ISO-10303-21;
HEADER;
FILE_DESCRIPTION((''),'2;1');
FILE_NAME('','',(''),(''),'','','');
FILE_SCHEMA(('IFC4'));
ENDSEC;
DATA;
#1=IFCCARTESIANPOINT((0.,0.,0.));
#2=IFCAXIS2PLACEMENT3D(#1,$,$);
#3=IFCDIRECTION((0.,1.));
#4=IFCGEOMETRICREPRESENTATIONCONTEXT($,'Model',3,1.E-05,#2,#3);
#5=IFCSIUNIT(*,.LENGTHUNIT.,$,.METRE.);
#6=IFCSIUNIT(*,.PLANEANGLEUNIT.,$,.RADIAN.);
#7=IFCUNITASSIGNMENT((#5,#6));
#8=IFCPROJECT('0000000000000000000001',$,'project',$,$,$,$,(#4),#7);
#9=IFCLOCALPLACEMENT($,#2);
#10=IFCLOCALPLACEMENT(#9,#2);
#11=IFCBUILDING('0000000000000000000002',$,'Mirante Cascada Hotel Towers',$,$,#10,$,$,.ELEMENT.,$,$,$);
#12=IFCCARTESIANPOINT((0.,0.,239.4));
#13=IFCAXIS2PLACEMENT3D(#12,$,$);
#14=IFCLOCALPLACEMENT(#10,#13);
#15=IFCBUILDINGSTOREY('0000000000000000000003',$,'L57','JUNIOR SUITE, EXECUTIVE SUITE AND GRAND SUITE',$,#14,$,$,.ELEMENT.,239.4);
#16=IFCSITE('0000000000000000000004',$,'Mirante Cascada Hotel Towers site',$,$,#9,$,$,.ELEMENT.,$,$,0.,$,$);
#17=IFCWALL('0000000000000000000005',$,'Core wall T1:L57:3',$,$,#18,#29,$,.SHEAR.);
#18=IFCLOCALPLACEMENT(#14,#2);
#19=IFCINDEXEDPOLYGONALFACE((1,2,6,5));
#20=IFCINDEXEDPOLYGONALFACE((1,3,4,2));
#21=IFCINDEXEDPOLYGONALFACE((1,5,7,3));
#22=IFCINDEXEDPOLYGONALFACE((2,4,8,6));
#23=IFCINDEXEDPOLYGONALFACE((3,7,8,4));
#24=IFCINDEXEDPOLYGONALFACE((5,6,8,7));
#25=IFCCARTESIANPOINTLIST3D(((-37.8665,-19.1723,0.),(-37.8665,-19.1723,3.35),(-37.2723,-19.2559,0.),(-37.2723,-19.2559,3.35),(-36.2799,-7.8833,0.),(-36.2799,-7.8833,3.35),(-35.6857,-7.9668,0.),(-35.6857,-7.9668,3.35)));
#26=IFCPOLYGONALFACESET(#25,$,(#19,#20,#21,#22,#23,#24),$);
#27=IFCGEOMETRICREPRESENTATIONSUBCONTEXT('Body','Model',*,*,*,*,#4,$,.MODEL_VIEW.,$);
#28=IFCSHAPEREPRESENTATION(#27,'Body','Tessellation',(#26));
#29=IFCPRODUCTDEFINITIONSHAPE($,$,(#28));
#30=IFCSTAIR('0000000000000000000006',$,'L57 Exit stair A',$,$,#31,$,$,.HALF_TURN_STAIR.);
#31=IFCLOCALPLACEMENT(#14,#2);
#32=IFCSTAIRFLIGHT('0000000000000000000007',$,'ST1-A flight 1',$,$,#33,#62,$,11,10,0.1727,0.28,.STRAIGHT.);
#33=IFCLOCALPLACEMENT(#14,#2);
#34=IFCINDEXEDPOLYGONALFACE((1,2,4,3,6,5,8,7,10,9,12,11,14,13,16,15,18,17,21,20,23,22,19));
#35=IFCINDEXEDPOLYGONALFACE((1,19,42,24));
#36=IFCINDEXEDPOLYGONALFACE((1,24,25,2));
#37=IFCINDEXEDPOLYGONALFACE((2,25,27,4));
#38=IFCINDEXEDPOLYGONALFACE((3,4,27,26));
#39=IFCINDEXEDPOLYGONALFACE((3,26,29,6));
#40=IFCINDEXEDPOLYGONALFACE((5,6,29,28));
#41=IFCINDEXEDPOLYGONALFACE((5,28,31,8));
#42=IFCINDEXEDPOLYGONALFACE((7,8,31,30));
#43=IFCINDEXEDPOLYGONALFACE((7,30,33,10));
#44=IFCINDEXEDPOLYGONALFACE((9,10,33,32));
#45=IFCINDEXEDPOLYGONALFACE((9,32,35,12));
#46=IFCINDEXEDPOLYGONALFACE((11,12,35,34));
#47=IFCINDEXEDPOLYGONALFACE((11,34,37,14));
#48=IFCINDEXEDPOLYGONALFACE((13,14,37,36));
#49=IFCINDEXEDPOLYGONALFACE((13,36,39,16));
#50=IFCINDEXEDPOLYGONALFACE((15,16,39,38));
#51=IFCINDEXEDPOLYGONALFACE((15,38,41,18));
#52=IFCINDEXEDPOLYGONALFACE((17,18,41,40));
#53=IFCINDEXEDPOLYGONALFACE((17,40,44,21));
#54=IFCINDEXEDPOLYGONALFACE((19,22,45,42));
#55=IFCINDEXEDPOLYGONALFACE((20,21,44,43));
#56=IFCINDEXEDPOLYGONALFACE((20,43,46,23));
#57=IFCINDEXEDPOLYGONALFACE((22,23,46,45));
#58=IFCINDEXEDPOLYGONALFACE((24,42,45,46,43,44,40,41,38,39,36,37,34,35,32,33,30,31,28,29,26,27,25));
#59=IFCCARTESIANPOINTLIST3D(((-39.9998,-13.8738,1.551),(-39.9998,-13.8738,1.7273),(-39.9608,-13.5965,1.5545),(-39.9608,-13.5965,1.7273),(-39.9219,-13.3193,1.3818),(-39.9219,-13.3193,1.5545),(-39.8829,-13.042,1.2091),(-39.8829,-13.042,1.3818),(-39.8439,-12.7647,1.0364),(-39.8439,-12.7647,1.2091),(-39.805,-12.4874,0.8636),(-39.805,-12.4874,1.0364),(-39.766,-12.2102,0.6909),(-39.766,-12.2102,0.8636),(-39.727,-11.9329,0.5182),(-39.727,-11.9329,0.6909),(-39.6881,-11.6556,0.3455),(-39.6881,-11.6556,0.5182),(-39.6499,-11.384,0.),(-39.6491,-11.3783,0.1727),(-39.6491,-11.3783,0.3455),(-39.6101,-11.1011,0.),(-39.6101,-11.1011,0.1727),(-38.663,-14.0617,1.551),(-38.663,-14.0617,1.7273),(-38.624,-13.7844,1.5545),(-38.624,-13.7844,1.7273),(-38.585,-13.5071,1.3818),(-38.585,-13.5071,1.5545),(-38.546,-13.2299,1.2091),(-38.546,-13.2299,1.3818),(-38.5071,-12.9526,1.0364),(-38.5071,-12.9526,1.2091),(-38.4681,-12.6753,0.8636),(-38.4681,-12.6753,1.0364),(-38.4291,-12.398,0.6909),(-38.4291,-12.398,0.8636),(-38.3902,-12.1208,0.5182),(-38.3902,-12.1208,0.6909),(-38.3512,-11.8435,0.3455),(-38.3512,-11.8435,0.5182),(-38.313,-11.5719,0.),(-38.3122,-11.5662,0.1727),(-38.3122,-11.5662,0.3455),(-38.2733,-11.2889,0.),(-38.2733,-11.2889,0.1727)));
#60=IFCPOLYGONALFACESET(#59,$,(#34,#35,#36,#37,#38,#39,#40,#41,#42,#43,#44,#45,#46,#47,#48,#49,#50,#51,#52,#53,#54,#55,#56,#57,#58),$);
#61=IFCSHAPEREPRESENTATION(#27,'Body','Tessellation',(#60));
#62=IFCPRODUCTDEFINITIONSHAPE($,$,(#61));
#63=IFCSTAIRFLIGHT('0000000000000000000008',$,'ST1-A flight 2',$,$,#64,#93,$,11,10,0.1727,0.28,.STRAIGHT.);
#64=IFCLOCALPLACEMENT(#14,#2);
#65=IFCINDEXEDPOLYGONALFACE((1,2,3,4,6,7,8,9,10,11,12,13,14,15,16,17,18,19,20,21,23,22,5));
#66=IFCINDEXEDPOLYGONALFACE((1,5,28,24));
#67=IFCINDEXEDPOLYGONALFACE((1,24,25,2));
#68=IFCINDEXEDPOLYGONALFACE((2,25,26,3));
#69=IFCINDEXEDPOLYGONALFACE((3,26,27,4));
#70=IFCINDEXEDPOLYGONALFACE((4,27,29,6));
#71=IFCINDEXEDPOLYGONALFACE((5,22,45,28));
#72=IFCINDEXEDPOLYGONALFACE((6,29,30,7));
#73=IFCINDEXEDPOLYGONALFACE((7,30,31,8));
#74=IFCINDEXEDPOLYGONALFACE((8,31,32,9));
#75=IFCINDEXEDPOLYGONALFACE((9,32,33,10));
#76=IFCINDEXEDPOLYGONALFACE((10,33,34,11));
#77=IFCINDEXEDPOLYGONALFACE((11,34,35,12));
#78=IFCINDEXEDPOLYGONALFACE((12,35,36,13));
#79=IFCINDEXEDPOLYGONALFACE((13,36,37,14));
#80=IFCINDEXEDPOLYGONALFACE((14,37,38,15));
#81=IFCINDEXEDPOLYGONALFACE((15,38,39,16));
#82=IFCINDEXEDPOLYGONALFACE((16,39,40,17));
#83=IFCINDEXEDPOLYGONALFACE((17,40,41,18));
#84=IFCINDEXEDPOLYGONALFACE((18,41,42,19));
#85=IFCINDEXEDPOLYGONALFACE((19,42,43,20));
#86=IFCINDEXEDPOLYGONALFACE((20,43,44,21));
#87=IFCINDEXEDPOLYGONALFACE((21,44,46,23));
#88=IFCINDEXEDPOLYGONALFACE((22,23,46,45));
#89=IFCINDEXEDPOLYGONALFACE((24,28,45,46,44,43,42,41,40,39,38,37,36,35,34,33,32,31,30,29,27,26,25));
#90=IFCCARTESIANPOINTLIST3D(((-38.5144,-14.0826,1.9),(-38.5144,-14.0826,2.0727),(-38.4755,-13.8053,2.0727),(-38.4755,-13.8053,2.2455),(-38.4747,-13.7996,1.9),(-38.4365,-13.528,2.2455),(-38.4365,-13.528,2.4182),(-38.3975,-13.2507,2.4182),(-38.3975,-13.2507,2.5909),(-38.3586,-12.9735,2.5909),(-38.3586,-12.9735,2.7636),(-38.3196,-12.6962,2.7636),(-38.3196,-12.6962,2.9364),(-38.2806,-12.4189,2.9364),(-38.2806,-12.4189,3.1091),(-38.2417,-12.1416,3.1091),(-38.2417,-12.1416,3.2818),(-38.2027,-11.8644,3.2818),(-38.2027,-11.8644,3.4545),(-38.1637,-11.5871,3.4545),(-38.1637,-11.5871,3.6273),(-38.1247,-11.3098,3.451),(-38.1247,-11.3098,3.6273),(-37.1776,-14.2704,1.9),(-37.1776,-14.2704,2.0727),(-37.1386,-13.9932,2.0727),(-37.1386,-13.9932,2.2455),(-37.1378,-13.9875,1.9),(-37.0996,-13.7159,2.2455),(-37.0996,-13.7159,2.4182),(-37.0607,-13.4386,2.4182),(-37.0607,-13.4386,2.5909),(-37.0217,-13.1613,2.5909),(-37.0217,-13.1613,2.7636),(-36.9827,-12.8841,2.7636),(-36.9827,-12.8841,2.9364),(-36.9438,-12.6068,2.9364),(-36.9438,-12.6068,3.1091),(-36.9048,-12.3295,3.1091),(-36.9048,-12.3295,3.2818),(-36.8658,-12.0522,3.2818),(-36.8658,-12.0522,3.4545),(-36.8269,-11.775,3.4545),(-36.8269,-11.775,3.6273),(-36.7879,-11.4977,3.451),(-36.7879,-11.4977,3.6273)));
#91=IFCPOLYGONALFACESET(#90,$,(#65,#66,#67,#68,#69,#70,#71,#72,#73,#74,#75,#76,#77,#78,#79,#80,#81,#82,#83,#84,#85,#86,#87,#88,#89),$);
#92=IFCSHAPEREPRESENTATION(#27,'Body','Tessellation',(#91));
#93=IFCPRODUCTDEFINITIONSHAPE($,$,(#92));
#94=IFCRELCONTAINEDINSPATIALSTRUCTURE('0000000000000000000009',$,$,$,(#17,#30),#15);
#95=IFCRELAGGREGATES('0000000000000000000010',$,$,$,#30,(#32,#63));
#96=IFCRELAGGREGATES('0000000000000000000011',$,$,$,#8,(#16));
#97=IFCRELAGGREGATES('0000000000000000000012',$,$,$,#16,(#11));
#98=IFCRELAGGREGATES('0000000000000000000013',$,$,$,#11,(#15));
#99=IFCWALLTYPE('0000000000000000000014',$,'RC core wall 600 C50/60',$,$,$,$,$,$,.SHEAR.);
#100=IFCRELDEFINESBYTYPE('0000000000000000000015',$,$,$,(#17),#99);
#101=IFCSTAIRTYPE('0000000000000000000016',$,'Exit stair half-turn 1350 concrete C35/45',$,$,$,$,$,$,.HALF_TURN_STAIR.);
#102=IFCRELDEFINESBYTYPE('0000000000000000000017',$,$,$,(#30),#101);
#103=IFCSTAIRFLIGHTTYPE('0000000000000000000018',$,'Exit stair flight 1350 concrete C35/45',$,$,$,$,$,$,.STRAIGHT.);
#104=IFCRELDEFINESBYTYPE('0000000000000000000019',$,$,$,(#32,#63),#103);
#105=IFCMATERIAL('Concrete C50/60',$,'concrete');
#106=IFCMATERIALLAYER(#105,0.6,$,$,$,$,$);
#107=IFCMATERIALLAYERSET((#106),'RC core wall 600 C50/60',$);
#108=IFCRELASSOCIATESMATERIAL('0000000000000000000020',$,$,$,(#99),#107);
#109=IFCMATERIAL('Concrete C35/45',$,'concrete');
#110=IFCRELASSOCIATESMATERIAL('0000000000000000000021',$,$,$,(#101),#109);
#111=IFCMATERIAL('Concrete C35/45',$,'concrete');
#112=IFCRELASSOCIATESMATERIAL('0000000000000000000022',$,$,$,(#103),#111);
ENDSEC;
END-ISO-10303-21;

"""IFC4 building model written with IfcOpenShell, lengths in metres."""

from ifc_helpers import new_model, si_unit, direction, frame, frame_2d, origin, place, context, subcontext, project, spatial, polyline, rectangle, outline, extrude, material, layer, layer_set, type_object, element, aggregate, save


model = new_model("IFC4")

# Units and contexts
model_context = context("Model", 3, precision=1e-05, world=origin(), true_north=direction((0.0, 1.0)))
body_context = subcontext(model_context, "Body", "Model", "MODEL_VIEW")
ifc_project = project(units=[si_unit("LENGTHUNIT", "METRE"), si_unit("PLANEANGLEUNIT", "RADIAN")], contexts=[model_context])

# Site, building, storey
site_placement = place(None, origin())
site = spatial("IfcSite", under=ifc_project, at=site_placement, Name="Mirante Cascada Hotel Towers site", CompositionType="ELEMENT", RefElevation=0.0)
building_placement = place(site_placement, origin())
building = spatial("IfcBuilding", under=site, at=building_placement, Name="Mirante Cascada Hotel Towers", CompositionType="ELEMENT")
storey_placement = place(building_placement, frame((0.0, 0.0, 239.4)))
storey = spatial("IfcBuildingStorey", under=building, at=storey_placement, Name="L57", Description="JUNIOR SUITE, EXECUTIVE SUITE AND GRAND SUITE", CompositionType="ELEMENT", Elevation=239.4)

# Wall
ifc_material_1 = material(Name="Concrete C50/60", Category="concrete")
ifc_layer_1 = layer(ifc_material_1, 0.6)
ifc_layer_set_1 = layer_set([ifc_layer_1], Name="RC core wall 600 C50/60")
wall_type_1 = type_object("IfcWallType", Name="RC core wall 600 C50/60", PredefinedType="SHEAR", material=ifc_layer_set_1)
wall_1_placement = place(storey_placement, frame((-37.5694, -19.2141, 0.0), z_axis=(0.0, 0.0, 1.0), x_axis=(0.139175, 0.990268, 0.0)))
element("IfcWall", 1, at=wall_1_placement, inside=storey, type_object=wall_type_1, Name="Core wall T1:L57:3", PredefinedType="SHEAR", context=body_context, shape_type="SweptSolid", body=[
    extrude(rectangle(XDim=11.4, YDim=0.6, at=frame_2d((5.7, 0.0))), origin(), (0.0, 0.0, 1.0), 3.35),
])

# Stair, stair flights
ifc_material_2 = material(Name="Concrete C35/45", Category="concrete")
stair_type = type_object("IfcStairType", Name="Exit stair half-turn 1350 concrete C35/45", PredefinedType="HALF_TURN_STAIR", material=ifc_material_2)
stair_placement = place(storey_placement, origin())
stair = element("IfcStair", 2, at=stair_placement, inside=storey, type_object=stair_type, Name="L57 Exit stair A", PredefinedType="HALF_TURN_STAIR")
ifc_material_3 = material(Name="Concrete C35/45", Category="concrete")
stair_flight_type = type_object("IfcStairFlightType", Name="Exit stair flight 1350 concrete C35/45", PredefinedType="STRAIGHT", material=ifc_material_3)
stair_flight_1_placement = place(storey_placement, frame((-38.9417, -11.195, 0.0), z_axis=(0.0, 0.0, 1.0), x_axis=(-0.139173, -0.990268, 0.0)))
stair_flight_1 = element("IfcStairFlight", 3, at=stair_flight_1_placement, type_object=stair_flight_type, Name="ST1-A flight 1", NumberOfRisers=11, NumberOfTreads=10, PredefinedType="STRAIGHT", RiserHeight=0.1727, TreadLength=0.28, context=body_context, shape_type="SweptSolid", body=[
    extrude(outline(polyline([(0.0, 0.0), (0.0, 0.1727), (0.28, 0.1727), (0.28, 0.3455), (0.56, 0.3455), (0.56, 0.5182), (0.84, 0.5182), (0.84, 0.6909), (1.12, 0.6909), (1.12, 0.8636), (1.4, 0.8636), (1.4, 1.0364), (1.68, 1.0364), (1.68, 1.2091), (1.96, 1.2091), (1.96, 1.3818), (2.24, 1.3818), (2.24, 1.5545), (2.52, 1.5545), (2.52, 1.7273), (2.8, 1.7273), (2.8, 1.9), (2.8, 1.551), (0.2857, 0.0), (0.0, 0.0)])), frame((0.0, 0.675, 0.0), z_axis=(0.0, -1.0, 0.0), x_axis=(1.0, 0.0, 0.0)), (0.0, 0.0, 1.0), 1.35),
])
stair_flight_2_placement = place(storey_placement, frame((-37.846, -14.1765, 1.9), z_axis=(0.0, 0.0, 1.0), x_axis=(0.139173, 0.990268, 0.0)))
stair_flight_2 = element("IfcStairFlight", 4, at=stair_flight_2_placement, type_object=stair_flight_type, Name="ST1-A flight 2", NumberOfRisers=11, NumberOfTreads=10, PredefinedType="STRAIGHT", RiserHeight=0.1727, TreadLength=0.28, context=body_context, shape_type="SweptSolid", body=[
    extrude(outline(polyline([(0.0, 0.0), (0.0, 0.1727), (0.28, 0.1727), (0.28, 0.3455), (0.56, 0.3455), (0.56, 0.5182), (0.84, 0.5182), (0.84, 0.6909), (1.12, 0.6909), (1.12, 0.8636), (1.4, 0.8636), (1.4, 1.0364), (1.68, 1.0364), (1.68, 1.2091), (1.96, 1.2091), (1.96, 1.3818), (2.24, 1.3818), (2.24, 1.5545), (2.52, 1.5545), (2.52, 1.7273), (2.8, 1.7273), (2.8, 1.9), (2.8, 1.551), (0.2857, 0.0), (0.0, 0.0)])), frame((0.0, 0.675, 0.0), z_axis=(0.0, -1.0, 0.0), x_axis=(1.0, 0.0, 0.0)), (0.0, 0.0, 1.0), 1.35),
])
aggregate(stair, [stair_flight_1, stair_flight_2])

save(model, "model.ifc")
